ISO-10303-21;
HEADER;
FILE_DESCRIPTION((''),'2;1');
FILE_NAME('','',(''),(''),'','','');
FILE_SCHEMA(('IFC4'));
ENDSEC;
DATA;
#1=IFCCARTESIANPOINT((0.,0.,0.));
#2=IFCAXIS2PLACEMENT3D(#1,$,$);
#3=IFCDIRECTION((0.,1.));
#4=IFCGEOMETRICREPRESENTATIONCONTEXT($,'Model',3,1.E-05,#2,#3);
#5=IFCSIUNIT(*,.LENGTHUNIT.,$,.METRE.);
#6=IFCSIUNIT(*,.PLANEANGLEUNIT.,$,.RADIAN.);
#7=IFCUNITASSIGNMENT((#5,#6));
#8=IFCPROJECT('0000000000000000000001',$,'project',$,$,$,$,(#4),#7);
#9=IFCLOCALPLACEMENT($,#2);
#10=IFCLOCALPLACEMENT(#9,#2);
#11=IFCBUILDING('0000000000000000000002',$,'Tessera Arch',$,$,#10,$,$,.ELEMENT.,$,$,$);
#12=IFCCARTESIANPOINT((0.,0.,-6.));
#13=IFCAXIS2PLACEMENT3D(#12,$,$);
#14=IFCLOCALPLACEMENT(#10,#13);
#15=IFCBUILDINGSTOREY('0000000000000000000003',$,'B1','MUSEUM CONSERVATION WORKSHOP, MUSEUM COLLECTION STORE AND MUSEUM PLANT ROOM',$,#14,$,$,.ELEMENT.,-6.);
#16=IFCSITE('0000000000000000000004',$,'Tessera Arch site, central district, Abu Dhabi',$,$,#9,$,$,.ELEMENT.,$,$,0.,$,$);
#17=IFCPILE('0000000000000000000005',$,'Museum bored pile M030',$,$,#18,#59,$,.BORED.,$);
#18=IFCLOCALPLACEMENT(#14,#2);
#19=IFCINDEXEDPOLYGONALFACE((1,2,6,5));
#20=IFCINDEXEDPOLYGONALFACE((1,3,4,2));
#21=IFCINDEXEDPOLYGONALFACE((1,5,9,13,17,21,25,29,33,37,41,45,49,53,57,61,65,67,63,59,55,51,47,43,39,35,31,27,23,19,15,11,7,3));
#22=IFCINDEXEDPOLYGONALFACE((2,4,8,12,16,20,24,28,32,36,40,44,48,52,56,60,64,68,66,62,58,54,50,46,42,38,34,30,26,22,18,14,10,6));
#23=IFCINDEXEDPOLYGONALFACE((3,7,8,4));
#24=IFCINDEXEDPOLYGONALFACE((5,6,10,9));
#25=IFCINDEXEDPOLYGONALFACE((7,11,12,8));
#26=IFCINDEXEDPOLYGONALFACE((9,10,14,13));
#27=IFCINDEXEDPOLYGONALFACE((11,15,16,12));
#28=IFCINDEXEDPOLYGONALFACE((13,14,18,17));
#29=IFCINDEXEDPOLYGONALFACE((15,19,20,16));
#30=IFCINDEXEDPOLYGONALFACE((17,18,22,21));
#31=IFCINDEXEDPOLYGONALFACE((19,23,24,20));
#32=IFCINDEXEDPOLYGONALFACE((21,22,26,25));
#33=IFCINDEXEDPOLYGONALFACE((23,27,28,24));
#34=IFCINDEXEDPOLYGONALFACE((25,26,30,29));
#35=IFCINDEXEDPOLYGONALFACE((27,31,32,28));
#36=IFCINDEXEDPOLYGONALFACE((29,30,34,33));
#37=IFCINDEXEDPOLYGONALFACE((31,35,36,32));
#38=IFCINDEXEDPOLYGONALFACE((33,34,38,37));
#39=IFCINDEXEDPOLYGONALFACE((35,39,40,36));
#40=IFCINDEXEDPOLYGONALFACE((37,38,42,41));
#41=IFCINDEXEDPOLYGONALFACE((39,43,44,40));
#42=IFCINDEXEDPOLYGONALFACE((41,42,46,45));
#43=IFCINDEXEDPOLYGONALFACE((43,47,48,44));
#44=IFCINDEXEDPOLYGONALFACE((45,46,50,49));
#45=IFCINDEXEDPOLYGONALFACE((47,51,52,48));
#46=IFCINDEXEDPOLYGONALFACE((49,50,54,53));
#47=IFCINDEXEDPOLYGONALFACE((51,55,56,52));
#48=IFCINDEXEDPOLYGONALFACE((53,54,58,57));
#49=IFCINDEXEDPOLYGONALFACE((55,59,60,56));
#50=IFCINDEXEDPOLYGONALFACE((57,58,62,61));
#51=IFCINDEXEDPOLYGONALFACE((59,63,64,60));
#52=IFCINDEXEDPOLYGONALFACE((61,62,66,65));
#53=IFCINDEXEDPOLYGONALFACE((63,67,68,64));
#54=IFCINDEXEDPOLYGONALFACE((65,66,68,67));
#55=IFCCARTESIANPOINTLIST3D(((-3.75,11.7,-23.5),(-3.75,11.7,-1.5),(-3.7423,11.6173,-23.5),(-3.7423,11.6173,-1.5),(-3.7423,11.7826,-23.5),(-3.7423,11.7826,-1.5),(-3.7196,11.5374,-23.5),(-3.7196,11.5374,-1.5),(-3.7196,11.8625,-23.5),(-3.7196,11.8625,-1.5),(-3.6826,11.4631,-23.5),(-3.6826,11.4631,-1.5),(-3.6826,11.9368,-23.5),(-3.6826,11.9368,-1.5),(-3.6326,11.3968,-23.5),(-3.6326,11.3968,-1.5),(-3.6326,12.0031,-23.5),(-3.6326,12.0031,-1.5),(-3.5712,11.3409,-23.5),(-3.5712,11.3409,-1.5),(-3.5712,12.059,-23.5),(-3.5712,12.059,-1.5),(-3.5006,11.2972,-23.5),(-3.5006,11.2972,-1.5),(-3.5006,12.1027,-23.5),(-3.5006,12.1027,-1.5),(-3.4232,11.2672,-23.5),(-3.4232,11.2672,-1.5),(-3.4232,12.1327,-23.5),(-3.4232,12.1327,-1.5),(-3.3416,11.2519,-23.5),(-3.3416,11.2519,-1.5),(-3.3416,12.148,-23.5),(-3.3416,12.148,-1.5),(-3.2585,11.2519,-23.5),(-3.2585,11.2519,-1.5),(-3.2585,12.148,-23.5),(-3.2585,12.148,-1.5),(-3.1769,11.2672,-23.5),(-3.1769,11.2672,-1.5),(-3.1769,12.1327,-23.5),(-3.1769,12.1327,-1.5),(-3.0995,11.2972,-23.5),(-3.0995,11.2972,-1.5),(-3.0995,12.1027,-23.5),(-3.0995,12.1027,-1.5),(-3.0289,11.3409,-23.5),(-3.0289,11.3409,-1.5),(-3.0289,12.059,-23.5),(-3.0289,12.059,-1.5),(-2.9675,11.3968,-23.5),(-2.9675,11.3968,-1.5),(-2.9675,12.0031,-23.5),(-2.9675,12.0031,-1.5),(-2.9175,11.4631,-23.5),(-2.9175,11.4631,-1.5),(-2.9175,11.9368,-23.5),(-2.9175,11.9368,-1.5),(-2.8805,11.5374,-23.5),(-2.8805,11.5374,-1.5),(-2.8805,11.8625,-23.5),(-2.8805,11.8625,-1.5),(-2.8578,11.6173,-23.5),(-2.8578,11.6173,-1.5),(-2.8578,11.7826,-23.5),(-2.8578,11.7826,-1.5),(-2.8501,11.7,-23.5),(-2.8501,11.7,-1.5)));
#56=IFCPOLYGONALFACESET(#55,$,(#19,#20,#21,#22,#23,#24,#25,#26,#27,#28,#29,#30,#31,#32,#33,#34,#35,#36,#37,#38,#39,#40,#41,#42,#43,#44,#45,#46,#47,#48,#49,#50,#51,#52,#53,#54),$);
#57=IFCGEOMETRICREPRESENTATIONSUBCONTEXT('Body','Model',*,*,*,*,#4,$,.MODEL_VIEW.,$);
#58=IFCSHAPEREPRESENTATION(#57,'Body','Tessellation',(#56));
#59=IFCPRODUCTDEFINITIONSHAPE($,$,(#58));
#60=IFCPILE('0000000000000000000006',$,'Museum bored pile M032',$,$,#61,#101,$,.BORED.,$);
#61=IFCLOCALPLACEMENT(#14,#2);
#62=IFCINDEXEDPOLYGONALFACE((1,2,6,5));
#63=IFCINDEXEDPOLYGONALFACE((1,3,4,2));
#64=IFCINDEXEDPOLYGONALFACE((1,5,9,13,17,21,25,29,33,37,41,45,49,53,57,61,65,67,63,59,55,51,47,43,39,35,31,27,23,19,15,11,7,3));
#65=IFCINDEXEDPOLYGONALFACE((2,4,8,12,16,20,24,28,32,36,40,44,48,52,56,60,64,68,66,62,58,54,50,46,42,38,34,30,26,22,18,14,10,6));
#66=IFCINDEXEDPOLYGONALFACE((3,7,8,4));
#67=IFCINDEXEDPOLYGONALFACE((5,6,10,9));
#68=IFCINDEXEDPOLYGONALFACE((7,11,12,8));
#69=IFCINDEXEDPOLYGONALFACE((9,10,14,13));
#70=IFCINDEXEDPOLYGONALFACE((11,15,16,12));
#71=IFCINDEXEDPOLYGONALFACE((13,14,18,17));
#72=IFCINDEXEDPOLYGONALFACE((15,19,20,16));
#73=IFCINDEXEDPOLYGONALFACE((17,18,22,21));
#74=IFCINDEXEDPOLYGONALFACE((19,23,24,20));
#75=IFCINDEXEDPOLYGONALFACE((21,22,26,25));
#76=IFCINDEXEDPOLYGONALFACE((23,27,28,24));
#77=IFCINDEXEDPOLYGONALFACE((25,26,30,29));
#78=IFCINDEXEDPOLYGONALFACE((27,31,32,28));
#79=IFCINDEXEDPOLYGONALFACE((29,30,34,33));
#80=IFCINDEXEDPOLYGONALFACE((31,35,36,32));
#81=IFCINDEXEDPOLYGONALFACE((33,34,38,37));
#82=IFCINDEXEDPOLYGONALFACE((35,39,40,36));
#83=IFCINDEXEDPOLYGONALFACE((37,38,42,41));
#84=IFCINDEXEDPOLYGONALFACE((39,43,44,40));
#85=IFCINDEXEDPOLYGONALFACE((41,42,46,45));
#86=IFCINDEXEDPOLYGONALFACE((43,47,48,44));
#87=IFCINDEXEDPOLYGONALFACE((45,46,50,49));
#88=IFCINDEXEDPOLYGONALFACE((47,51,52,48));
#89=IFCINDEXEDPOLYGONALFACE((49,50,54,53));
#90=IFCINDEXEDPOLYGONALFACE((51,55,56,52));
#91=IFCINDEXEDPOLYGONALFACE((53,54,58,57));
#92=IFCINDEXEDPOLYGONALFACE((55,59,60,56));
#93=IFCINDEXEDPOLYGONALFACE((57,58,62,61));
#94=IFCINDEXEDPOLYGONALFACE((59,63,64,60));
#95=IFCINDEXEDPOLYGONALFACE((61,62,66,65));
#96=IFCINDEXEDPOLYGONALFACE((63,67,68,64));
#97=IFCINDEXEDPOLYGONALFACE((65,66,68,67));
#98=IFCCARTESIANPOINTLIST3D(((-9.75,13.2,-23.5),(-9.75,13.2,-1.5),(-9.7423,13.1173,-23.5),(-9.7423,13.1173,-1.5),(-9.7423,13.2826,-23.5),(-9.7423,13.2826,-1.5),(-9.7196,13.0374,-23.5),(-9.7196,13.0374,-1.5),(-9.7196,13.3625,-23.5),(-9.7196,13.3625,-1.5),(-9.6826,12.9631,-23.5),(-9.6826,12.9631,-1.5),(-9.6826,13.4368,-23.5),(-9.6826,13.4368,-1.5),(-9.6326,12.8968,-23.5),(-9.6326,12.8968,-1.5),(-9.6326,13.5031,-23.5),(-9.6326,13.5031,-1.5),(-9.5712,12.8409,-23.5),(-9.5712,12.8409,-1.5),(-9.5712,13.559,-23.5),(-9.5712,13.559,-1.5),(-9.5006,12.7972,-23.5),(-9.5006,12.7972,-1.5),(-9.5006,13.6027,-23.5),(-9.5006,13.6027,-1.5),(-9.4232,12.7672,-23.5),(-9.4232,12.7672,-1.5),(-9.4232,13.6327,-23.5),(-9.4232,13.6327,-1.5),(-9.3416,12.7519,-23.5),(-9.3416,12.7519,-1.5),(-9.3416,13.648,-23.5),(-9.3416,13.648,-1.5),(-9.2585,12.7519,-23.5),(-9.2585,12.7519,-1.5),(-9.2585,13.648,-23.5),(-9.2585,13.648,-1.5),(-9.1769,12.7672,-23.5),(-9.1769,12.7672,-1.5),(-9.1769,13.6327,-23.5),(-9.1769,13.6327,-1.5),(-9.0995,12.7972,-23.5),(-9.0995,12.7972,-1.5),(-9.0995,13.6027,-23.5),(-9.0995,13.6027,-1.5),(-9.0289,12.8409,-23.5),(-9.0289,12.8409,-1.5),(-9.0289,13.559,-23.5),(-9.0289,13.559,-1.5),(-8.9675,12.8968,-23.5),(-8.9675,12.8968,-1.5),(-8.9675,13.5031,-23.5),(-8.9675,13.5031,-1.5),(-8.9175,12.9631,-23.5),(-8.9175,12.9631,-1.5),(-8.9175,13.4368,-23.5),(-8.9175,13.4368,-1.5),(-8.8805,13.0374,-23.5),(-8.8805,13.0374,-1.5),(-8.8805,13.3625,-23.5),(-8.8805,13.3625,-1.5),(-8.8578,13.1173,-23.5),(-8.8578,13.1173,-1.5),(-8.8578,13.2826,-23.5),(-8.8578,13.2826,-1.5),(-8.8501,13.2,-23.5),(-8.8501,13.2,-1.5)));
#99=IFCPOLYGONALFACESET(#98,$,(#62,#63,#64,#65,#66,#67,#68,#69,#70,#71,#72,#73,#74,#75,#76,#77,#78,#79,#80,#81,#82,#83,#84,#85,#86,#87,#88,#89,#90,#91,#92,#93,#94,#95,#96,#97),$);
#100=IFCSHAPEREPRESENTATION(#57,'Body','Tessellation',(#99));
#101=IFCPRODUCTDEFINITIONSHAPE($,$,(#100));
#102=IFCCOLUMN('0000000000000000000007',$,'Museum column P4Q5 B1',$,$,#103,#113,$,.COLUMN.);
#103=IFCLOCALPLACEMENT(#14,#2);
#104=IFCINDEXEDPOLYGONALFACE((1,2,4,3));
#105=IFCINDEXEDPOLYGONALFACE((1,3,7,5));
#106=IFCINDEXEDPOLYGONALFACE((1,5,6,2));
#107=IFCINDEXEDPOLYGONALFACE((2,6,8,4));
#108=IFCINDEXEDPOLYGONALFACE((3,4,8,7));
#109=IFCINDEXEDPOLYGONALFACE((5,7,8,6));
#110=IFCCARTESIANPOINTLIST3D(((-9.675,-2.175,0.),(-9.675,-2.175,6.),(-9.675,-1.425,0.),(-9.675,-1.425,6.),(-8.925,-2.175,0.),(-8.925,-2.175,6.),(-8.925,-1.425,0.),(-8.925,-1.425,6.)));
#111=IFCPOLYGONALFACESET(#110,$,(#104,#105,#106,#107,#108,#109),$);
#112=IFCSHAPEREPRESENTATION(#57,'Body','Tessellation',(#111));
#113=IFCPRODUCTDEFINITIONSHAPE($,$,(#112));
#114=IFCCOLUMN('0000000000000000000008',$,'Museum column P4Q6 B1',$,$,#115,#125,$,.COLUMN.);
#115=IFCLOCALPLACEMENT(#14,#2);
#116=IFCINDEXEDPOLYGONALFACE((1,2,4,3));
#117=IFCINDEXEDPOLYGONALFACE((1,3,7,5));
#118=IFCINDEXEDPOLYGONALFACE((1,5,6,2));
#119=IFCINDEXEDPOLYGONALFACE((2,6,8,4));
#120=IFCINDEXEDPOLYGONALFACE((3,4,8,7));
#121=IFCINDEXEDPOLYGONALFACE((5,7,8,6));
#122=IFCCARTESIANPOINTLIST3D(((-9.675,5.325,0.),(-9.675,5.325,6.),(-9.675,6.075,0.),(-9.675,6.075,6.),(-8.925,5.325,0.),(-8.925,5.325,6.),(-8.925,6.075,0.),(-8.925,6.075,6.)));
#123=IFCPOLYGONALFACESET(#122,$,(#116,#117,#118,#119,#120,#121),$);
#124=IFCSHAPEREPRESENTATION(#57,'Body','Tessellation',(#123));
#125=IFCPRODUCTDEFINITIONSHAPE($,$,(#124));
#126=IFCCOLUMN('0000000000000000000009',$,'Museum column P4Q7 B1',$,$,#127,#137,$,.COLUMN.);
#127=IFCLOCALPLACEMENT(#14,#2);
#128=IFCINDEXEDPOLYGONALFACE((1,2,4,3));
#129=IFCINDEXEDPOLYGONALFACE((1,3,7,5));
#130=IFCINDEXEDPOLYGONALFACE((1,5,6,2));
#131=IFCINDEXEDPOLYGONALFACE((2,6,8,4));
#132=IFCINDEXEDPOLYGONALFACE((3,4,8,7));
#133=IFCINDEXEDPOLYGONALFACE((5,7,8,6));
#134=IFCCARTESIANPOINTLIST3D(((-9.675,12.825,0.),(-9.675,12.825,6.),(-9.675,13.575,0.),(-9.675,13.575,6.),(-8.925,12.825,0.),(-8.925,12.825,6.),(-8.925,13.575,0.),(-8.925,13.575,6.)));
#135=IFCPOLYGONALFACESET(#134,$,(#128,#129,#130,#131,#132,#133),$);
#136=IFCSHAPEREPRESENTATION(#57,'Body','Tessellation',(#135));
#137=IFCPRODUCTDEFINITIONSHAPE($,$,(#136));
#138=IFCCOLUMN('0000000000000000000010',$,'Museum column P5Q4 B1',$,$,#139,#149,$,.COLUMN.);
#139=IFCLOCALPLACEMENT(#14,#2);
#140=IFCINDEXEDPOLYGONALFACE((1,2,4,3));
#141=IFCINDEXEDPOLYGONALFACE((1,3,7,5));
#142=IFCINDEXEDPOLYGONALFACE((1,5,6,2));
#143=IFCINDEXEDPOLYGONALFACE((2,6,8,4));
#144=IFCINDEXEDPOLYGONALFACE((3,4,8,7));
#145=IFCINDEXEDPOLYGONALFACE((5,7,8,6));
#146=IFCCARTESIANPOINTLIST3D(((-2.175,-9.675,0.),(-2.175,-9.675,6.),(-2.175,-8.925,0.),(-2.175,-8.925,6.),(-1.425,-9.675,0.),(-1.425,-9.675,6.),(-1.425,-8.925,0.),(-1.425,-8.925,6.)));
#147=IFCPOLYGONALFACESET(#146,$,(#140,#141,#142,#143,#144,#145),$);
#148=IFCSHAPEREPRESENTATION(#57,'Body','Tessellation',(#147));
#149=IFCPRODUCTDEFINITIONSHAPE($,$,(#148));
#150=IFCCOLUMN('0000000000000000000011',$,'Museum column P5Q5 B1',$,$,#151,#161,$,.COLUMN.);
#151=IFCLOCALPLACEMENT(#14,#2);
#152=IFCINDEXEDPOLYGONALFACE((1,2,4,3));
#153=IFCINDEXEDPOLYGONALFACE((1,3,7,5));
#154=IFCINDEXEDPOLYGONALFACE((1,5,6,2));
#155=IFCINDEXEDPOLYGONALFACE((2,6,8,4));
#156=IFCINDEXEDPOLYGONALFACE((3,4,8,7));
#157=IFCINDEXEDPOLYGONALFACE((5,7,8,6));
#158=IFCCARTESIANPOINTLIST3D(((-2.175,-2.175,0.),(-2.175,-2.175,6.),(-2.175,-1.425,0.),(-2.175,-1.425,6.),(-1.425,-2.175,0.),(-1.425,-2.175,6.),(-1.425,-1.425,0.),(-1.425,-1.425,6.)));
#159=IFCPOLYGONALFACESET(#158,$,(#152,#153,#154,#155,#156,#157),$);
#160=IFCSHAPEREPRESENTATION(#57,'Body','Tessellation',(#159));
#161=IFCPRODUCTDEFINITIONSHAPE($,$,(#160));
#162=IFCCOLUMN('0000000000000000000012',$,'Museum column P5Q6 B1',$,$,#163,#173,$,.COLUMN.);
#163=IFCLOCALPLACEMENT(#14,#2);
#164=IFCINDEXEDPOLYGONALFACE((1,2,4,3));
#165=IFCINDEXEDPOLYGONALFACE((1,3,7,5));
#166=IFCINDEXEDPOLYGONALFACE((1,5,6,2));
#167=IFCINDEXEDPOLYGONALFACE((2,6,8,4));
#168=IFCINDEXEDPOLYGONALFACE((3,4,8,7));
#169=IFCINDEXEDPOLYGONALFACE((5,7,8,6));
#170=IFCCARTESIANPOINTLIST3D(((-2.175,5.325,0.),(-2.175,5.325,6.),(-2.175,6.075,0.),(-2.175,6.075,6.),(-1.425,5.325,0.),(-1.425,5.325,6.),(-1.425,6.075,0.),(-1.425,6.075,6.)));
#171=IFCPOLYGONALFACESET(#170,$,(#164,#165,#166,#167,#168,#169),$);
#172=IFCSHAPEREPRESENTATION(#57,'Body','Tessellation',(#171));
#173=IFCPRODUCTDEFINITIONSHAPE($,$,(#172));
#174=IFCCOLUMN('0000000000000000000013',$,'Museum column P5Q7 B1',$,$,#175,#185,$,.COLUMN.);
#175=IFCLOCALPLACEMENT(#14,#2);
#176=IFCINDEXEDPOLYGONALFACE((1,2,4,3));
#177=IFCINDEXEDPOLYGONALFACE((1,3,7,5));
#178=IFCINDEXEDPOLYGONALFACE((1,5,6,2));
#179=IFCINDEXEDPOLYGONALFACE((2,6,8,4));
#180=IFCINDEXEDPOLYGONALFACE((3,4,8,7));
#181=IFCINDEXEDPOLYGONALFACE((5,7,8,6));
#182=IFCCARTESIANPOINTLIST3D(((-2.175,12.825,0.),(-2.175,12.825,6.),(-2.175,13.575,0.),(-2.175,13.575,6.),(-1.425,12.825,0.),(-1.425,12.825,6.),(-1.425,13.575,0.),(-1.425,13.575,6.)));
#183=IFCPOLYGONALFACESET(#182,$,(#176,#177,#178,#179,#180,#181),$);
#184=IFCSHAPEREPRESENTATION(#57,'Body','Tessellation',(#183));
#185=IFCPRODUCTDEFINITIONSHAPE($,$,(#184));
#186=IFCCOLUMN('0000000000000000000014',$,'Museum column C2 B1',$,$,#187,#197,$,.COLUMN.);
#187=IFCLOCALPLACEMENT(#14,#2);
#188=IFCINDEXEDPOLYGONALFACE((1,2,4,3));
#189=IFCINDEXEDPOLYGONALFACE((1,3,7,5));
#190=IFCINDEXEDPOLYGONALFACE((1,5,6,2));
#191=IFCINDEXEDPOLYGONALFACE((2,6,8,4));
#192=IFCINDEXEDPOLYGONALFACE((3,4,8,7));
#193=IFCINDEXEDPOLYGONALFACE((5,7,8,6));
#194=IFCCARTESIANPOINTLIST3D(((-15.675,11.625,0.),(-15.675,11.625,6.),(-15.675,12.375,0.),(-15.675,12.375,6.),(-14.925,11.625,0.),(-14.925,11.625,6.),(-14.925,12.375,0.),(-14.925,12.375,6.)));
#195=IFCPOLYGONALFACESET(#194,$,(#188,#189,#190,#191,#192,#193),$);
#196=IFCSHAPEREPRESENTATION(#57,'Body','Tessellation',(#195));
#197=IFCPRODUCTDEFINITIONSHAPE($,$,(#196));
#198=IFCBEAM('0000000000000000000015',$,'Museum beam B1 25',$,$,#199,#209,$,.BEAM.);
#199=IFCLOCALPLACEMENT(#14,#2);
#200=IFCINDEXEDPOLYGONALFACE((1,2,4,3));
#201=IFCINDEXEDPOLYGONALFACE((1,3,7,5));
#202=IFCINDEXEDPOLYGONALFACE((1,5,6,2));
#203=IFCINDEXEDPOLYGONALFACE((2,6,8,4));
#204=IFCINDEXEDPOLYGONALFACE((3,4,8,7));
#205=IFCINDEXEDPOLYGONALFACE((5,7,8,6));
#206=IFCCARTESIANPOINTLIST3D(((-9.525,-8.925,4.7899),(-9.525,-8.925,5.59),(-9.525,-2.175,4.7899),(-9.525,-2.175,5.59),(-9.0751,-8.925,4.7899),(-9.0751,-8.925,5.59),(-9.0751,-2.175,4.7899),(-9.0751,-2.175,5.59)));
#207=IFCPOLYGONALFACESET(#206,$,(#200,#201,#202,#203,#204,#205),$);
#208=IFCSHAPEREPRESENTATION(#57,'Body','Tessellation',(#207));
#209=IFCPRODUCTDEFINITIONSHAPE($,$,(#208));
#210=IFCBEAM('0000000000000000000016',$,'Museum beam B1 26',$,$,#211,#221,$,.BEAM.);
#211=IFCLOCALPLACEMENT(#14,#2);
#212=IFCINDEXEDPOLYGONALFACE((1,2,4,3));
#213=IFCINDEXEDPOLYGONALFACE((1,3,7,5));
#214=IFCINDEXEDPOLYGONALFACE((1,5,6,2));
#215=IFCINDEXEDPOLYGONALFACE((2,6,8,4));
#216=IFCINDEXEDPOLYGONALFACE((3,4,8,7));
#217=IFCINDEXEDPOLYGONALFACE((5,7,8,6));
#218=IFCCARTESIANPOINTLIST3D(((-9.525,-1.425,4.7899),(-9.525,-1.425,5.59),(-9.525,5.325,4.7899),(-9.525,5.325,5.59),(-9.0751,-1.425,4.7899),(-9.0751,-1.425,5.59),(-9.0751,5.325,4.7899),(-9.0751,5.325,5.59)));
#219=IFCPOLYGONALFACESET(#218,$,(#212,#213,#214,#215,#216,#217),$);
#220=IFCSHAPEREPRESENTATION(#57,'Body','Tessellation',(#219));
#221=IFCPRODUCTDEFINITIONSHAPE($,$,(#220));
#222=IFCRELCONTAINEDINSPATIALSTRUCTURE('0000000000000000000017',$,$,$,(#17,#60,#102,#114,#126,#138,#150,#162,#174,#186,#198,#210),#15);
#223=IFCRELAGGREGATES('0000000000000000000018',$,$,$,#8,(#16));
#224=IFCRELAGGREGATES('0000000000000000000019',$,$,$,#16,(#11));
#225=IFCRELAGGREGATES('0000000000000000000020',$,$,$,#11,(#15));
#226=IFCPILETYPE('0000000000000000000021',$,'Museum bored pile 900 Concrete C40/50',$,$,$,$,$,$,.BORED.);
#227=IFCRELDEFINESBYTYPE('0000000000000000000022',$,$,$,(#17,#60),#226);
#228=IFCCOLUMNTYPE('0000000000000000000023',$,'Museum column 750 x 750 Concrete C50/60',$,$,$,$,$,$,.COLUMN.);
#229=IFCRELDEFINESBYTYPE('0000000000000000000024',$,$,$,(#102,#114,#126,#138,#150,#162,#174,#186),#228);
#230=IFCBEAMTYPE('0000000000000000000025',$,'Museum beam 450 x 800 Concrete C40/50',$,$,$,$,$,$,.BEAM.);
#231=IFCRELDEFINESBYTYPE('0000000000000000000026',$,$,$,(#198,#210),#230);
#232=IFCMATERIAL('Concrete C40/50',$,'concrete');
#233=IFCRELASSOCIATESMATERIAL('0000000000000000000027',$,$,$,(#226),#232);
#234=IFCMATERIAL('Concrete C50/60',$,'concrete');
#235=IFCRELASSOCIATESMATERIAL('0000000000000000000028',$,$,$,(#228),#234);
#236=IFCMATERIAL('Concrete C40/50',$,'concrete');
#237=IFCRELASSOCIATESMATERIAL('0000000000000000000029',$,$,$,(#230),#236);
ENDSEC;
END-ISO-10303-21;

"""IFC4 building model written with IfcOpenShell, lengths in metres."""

from ifc_helpers import new_model, si_unit, direction, frame, origin, origin_2d, place, context, subcontext, project, spatial, rectangle, circle, extrude, material, material_profile, profile_set, type_object, element, save


model = new_model("IFC4")

# Units and contexts
model_context = context("Model", 3, precision=1e-05, world=origin(), true_north=direction((0.0, 1.0)))
body_context = subcontext(model_context, "Body", "Model", "MODEL_VIEW")
ifc_project = project(units=[si_unit("LENGTHUNIT", "METRE"), si_unit("PLANEANGLEUNIT", "RADIAN")], contexts=[model_context])

# Site, building, storey
site_placement = place(None, origin())
site = spatial("IfcSite", under=ifc_project, at=site_placement, Name="Tessera Arch site, central district, Abu Dhabi", CompositionType="ELEMENT", RefElevation=0.0)
building_placement = place(site_placement, origin())
building = spatial("IfcBuilding", under=site, at=building_placement, Name="Tessera Arch", CompositionType="ELEMENT")
storey_placement = place(building_placement, frame((0.0, 0.0, -6.0)))
storey = spatial("IfcBuildingStorey", under=building, at=storey_placement, Name="B1", Description="MUSEUM CONSERVATION WORKSHOP, MUSEUM COLLECTION STORE AND MUSEUM PLANT ROOM", CompositionType="ELEMENT", Elevation=-6.0)

# Piles
ifc_material_1 = material(Name="Concrete C40/50", Category="concrete")
pile_type = type_object("IfcPileType", Name="Museum bored pile 900 Concrete C40/50", PredefinedType="BORED", material=ifc_material_1)
for number, where, z_axis, x_axis, name in (
    (1, (-3.3, 11.7, -1.5), (0.0, 0.0, -1.0), (1.0, 0.0, 0.0), "Museum bored pile M030"),
    (2, (-9.3, 13.2, -1.5), (0.0, 0.0, -1.0), (1.0, 0.0, 0.0), "Museum bored pile M032"),
):
    element("IfcPile", number, at=place(storey_placement, frame(where, z_axis=z_axis, x_axis=x_axis)), inside=storey, type_object=pile_type, Name=name, PredefinedType="BORED", context=body_context, shape_type="SweptSolid", body=[
        extrude(circle(Radius=0.45, at=origin_2d()), origin(), (0.0, 0.0, 1.0), 22.0),
    ])

# Columns
ifc_material_2 = material(Name="Concrete C50/60", Category="concrete")
ifc_material_profile_1 = material_profile(ifc_material_2, rectangle(XDim=0.75, YDim=0.75, at=origin_2d()), Name="Museum column 750 x 750 Concrete C50/60")
ifc_profile_set_1 = profile_set([ifc_material_profile_1], Name="Concrete C50/60")
column_type = type_object("IfcColumnType", Name="Museum column 750 x 750 Concrete C50/60", PredefinedType="COLUMN", material=ifc_profile_set_1)
for number, where, z_axis, x_axis, name in (
    (3, (-9.3, -1.8, 0.0), (0.0, 0.0, 1.0), (1.0, 0.0, 0.0), "Museum column P4Q5 B1"),
    (4, (-9.3, 5.7, 0.0), (0.0, 0.0, 1.0), (1.0, 0.0, 0.0), "Museum column P4Q6 B1"),
    (5, (-9.3, 13.2, 0.0), (0.0, 0.0, 1.0), (1.0, 0.0, 0.0), "Museum column P4Q7 B1"),
    (6, (-1.8, -9.3, 0.0), (0.0, 0.0, 1.0), (1.0, 0.0, 0.0), "Museum column P5Q4 B1"),
    (7, (-1.8, -1.8, 0.0), (0.0, 0.0, 1.0), (1.0, 0.0, 0.0), "Museum column P5Q5 B1"),
    (8, (-1.8, 5.7, 0.0), (0.0, 0.0, 1.0), (1.0, 0.0, 0.0), "Museum column P5Q6 B1"),
    (9, (-1.8, 13.2, 0.0), (0.0, 0.0, 1.0), (1.0, 0.0, 0.0), "Museum column P5Q7 B1"),
    (10, (-15.3, 12.0, 0.0), (0.0, 0.0, 1.0), (1.0, 0.0, 0.0), "Museum column C2 B1"),
):
    element("IfcColumn", number, at=place(storey_placement, frame(where, z_axis=z_axis, x_axis=x_axis)), inside=storey, type_object=column_type, Name=name, PredefinedType="COLUMN", context=body_context, shape_type="SweptSolid", body=[
        extrude(rectangle(XDim=0.75, YDim=0.75, at=origin_2d()), origin(), (0.0, 0.0, 1.0), 6.0),
    ])

# Beams
ifc_material_3 = material(Name="Concrete C40/50", Category="concrete")
ifc_material_profile_2 = material_profile(ifc_material_3, rectangle(XDim=0.45, YDim=0.8, at=origin_2d()), Name="Museum beam 450 x 800 Concrete C40/50")
ifc_profile_set_2 = profile_set([ifc_material_profile_2], Name="Concrete C40/50")
beam_type = type_object("IfcBeamType", Name="Museum beam 450 x 800 Concrete C40/50", PredefinedType="BEAM", material=ifc_profile_set_2)
for number, where, z_axis, x_axis, name in (
    (11, (-9.3, -8.925, 5.1899), (0.0, 1.0, 0.0), (-1.0, 0.0, 0.0), "Museum beam B1 25"),
    (12, (-9.3, -1.425, 5.1899), (0.0, 1.0, 0.0), (-1.0, 0.0, 0.0), "Museum beam B1 26"),
):
    element("IfcBeam", number, at=place(storey_placement, frame(where, z_axis=z_axis, x_axis=x_axis)), inside=storey, type_object=beam_type, Name=name, PredefinedType="BEAM", context=body_context, shape_type="SweptSolid", body=[
        extrude(rectangle(XDim=0.45, YDim=0.8, at=origin_2d()), origin(), (0.0, 0.0, 1.0), 6.75),
    ])

save(model, "model.ifc")
